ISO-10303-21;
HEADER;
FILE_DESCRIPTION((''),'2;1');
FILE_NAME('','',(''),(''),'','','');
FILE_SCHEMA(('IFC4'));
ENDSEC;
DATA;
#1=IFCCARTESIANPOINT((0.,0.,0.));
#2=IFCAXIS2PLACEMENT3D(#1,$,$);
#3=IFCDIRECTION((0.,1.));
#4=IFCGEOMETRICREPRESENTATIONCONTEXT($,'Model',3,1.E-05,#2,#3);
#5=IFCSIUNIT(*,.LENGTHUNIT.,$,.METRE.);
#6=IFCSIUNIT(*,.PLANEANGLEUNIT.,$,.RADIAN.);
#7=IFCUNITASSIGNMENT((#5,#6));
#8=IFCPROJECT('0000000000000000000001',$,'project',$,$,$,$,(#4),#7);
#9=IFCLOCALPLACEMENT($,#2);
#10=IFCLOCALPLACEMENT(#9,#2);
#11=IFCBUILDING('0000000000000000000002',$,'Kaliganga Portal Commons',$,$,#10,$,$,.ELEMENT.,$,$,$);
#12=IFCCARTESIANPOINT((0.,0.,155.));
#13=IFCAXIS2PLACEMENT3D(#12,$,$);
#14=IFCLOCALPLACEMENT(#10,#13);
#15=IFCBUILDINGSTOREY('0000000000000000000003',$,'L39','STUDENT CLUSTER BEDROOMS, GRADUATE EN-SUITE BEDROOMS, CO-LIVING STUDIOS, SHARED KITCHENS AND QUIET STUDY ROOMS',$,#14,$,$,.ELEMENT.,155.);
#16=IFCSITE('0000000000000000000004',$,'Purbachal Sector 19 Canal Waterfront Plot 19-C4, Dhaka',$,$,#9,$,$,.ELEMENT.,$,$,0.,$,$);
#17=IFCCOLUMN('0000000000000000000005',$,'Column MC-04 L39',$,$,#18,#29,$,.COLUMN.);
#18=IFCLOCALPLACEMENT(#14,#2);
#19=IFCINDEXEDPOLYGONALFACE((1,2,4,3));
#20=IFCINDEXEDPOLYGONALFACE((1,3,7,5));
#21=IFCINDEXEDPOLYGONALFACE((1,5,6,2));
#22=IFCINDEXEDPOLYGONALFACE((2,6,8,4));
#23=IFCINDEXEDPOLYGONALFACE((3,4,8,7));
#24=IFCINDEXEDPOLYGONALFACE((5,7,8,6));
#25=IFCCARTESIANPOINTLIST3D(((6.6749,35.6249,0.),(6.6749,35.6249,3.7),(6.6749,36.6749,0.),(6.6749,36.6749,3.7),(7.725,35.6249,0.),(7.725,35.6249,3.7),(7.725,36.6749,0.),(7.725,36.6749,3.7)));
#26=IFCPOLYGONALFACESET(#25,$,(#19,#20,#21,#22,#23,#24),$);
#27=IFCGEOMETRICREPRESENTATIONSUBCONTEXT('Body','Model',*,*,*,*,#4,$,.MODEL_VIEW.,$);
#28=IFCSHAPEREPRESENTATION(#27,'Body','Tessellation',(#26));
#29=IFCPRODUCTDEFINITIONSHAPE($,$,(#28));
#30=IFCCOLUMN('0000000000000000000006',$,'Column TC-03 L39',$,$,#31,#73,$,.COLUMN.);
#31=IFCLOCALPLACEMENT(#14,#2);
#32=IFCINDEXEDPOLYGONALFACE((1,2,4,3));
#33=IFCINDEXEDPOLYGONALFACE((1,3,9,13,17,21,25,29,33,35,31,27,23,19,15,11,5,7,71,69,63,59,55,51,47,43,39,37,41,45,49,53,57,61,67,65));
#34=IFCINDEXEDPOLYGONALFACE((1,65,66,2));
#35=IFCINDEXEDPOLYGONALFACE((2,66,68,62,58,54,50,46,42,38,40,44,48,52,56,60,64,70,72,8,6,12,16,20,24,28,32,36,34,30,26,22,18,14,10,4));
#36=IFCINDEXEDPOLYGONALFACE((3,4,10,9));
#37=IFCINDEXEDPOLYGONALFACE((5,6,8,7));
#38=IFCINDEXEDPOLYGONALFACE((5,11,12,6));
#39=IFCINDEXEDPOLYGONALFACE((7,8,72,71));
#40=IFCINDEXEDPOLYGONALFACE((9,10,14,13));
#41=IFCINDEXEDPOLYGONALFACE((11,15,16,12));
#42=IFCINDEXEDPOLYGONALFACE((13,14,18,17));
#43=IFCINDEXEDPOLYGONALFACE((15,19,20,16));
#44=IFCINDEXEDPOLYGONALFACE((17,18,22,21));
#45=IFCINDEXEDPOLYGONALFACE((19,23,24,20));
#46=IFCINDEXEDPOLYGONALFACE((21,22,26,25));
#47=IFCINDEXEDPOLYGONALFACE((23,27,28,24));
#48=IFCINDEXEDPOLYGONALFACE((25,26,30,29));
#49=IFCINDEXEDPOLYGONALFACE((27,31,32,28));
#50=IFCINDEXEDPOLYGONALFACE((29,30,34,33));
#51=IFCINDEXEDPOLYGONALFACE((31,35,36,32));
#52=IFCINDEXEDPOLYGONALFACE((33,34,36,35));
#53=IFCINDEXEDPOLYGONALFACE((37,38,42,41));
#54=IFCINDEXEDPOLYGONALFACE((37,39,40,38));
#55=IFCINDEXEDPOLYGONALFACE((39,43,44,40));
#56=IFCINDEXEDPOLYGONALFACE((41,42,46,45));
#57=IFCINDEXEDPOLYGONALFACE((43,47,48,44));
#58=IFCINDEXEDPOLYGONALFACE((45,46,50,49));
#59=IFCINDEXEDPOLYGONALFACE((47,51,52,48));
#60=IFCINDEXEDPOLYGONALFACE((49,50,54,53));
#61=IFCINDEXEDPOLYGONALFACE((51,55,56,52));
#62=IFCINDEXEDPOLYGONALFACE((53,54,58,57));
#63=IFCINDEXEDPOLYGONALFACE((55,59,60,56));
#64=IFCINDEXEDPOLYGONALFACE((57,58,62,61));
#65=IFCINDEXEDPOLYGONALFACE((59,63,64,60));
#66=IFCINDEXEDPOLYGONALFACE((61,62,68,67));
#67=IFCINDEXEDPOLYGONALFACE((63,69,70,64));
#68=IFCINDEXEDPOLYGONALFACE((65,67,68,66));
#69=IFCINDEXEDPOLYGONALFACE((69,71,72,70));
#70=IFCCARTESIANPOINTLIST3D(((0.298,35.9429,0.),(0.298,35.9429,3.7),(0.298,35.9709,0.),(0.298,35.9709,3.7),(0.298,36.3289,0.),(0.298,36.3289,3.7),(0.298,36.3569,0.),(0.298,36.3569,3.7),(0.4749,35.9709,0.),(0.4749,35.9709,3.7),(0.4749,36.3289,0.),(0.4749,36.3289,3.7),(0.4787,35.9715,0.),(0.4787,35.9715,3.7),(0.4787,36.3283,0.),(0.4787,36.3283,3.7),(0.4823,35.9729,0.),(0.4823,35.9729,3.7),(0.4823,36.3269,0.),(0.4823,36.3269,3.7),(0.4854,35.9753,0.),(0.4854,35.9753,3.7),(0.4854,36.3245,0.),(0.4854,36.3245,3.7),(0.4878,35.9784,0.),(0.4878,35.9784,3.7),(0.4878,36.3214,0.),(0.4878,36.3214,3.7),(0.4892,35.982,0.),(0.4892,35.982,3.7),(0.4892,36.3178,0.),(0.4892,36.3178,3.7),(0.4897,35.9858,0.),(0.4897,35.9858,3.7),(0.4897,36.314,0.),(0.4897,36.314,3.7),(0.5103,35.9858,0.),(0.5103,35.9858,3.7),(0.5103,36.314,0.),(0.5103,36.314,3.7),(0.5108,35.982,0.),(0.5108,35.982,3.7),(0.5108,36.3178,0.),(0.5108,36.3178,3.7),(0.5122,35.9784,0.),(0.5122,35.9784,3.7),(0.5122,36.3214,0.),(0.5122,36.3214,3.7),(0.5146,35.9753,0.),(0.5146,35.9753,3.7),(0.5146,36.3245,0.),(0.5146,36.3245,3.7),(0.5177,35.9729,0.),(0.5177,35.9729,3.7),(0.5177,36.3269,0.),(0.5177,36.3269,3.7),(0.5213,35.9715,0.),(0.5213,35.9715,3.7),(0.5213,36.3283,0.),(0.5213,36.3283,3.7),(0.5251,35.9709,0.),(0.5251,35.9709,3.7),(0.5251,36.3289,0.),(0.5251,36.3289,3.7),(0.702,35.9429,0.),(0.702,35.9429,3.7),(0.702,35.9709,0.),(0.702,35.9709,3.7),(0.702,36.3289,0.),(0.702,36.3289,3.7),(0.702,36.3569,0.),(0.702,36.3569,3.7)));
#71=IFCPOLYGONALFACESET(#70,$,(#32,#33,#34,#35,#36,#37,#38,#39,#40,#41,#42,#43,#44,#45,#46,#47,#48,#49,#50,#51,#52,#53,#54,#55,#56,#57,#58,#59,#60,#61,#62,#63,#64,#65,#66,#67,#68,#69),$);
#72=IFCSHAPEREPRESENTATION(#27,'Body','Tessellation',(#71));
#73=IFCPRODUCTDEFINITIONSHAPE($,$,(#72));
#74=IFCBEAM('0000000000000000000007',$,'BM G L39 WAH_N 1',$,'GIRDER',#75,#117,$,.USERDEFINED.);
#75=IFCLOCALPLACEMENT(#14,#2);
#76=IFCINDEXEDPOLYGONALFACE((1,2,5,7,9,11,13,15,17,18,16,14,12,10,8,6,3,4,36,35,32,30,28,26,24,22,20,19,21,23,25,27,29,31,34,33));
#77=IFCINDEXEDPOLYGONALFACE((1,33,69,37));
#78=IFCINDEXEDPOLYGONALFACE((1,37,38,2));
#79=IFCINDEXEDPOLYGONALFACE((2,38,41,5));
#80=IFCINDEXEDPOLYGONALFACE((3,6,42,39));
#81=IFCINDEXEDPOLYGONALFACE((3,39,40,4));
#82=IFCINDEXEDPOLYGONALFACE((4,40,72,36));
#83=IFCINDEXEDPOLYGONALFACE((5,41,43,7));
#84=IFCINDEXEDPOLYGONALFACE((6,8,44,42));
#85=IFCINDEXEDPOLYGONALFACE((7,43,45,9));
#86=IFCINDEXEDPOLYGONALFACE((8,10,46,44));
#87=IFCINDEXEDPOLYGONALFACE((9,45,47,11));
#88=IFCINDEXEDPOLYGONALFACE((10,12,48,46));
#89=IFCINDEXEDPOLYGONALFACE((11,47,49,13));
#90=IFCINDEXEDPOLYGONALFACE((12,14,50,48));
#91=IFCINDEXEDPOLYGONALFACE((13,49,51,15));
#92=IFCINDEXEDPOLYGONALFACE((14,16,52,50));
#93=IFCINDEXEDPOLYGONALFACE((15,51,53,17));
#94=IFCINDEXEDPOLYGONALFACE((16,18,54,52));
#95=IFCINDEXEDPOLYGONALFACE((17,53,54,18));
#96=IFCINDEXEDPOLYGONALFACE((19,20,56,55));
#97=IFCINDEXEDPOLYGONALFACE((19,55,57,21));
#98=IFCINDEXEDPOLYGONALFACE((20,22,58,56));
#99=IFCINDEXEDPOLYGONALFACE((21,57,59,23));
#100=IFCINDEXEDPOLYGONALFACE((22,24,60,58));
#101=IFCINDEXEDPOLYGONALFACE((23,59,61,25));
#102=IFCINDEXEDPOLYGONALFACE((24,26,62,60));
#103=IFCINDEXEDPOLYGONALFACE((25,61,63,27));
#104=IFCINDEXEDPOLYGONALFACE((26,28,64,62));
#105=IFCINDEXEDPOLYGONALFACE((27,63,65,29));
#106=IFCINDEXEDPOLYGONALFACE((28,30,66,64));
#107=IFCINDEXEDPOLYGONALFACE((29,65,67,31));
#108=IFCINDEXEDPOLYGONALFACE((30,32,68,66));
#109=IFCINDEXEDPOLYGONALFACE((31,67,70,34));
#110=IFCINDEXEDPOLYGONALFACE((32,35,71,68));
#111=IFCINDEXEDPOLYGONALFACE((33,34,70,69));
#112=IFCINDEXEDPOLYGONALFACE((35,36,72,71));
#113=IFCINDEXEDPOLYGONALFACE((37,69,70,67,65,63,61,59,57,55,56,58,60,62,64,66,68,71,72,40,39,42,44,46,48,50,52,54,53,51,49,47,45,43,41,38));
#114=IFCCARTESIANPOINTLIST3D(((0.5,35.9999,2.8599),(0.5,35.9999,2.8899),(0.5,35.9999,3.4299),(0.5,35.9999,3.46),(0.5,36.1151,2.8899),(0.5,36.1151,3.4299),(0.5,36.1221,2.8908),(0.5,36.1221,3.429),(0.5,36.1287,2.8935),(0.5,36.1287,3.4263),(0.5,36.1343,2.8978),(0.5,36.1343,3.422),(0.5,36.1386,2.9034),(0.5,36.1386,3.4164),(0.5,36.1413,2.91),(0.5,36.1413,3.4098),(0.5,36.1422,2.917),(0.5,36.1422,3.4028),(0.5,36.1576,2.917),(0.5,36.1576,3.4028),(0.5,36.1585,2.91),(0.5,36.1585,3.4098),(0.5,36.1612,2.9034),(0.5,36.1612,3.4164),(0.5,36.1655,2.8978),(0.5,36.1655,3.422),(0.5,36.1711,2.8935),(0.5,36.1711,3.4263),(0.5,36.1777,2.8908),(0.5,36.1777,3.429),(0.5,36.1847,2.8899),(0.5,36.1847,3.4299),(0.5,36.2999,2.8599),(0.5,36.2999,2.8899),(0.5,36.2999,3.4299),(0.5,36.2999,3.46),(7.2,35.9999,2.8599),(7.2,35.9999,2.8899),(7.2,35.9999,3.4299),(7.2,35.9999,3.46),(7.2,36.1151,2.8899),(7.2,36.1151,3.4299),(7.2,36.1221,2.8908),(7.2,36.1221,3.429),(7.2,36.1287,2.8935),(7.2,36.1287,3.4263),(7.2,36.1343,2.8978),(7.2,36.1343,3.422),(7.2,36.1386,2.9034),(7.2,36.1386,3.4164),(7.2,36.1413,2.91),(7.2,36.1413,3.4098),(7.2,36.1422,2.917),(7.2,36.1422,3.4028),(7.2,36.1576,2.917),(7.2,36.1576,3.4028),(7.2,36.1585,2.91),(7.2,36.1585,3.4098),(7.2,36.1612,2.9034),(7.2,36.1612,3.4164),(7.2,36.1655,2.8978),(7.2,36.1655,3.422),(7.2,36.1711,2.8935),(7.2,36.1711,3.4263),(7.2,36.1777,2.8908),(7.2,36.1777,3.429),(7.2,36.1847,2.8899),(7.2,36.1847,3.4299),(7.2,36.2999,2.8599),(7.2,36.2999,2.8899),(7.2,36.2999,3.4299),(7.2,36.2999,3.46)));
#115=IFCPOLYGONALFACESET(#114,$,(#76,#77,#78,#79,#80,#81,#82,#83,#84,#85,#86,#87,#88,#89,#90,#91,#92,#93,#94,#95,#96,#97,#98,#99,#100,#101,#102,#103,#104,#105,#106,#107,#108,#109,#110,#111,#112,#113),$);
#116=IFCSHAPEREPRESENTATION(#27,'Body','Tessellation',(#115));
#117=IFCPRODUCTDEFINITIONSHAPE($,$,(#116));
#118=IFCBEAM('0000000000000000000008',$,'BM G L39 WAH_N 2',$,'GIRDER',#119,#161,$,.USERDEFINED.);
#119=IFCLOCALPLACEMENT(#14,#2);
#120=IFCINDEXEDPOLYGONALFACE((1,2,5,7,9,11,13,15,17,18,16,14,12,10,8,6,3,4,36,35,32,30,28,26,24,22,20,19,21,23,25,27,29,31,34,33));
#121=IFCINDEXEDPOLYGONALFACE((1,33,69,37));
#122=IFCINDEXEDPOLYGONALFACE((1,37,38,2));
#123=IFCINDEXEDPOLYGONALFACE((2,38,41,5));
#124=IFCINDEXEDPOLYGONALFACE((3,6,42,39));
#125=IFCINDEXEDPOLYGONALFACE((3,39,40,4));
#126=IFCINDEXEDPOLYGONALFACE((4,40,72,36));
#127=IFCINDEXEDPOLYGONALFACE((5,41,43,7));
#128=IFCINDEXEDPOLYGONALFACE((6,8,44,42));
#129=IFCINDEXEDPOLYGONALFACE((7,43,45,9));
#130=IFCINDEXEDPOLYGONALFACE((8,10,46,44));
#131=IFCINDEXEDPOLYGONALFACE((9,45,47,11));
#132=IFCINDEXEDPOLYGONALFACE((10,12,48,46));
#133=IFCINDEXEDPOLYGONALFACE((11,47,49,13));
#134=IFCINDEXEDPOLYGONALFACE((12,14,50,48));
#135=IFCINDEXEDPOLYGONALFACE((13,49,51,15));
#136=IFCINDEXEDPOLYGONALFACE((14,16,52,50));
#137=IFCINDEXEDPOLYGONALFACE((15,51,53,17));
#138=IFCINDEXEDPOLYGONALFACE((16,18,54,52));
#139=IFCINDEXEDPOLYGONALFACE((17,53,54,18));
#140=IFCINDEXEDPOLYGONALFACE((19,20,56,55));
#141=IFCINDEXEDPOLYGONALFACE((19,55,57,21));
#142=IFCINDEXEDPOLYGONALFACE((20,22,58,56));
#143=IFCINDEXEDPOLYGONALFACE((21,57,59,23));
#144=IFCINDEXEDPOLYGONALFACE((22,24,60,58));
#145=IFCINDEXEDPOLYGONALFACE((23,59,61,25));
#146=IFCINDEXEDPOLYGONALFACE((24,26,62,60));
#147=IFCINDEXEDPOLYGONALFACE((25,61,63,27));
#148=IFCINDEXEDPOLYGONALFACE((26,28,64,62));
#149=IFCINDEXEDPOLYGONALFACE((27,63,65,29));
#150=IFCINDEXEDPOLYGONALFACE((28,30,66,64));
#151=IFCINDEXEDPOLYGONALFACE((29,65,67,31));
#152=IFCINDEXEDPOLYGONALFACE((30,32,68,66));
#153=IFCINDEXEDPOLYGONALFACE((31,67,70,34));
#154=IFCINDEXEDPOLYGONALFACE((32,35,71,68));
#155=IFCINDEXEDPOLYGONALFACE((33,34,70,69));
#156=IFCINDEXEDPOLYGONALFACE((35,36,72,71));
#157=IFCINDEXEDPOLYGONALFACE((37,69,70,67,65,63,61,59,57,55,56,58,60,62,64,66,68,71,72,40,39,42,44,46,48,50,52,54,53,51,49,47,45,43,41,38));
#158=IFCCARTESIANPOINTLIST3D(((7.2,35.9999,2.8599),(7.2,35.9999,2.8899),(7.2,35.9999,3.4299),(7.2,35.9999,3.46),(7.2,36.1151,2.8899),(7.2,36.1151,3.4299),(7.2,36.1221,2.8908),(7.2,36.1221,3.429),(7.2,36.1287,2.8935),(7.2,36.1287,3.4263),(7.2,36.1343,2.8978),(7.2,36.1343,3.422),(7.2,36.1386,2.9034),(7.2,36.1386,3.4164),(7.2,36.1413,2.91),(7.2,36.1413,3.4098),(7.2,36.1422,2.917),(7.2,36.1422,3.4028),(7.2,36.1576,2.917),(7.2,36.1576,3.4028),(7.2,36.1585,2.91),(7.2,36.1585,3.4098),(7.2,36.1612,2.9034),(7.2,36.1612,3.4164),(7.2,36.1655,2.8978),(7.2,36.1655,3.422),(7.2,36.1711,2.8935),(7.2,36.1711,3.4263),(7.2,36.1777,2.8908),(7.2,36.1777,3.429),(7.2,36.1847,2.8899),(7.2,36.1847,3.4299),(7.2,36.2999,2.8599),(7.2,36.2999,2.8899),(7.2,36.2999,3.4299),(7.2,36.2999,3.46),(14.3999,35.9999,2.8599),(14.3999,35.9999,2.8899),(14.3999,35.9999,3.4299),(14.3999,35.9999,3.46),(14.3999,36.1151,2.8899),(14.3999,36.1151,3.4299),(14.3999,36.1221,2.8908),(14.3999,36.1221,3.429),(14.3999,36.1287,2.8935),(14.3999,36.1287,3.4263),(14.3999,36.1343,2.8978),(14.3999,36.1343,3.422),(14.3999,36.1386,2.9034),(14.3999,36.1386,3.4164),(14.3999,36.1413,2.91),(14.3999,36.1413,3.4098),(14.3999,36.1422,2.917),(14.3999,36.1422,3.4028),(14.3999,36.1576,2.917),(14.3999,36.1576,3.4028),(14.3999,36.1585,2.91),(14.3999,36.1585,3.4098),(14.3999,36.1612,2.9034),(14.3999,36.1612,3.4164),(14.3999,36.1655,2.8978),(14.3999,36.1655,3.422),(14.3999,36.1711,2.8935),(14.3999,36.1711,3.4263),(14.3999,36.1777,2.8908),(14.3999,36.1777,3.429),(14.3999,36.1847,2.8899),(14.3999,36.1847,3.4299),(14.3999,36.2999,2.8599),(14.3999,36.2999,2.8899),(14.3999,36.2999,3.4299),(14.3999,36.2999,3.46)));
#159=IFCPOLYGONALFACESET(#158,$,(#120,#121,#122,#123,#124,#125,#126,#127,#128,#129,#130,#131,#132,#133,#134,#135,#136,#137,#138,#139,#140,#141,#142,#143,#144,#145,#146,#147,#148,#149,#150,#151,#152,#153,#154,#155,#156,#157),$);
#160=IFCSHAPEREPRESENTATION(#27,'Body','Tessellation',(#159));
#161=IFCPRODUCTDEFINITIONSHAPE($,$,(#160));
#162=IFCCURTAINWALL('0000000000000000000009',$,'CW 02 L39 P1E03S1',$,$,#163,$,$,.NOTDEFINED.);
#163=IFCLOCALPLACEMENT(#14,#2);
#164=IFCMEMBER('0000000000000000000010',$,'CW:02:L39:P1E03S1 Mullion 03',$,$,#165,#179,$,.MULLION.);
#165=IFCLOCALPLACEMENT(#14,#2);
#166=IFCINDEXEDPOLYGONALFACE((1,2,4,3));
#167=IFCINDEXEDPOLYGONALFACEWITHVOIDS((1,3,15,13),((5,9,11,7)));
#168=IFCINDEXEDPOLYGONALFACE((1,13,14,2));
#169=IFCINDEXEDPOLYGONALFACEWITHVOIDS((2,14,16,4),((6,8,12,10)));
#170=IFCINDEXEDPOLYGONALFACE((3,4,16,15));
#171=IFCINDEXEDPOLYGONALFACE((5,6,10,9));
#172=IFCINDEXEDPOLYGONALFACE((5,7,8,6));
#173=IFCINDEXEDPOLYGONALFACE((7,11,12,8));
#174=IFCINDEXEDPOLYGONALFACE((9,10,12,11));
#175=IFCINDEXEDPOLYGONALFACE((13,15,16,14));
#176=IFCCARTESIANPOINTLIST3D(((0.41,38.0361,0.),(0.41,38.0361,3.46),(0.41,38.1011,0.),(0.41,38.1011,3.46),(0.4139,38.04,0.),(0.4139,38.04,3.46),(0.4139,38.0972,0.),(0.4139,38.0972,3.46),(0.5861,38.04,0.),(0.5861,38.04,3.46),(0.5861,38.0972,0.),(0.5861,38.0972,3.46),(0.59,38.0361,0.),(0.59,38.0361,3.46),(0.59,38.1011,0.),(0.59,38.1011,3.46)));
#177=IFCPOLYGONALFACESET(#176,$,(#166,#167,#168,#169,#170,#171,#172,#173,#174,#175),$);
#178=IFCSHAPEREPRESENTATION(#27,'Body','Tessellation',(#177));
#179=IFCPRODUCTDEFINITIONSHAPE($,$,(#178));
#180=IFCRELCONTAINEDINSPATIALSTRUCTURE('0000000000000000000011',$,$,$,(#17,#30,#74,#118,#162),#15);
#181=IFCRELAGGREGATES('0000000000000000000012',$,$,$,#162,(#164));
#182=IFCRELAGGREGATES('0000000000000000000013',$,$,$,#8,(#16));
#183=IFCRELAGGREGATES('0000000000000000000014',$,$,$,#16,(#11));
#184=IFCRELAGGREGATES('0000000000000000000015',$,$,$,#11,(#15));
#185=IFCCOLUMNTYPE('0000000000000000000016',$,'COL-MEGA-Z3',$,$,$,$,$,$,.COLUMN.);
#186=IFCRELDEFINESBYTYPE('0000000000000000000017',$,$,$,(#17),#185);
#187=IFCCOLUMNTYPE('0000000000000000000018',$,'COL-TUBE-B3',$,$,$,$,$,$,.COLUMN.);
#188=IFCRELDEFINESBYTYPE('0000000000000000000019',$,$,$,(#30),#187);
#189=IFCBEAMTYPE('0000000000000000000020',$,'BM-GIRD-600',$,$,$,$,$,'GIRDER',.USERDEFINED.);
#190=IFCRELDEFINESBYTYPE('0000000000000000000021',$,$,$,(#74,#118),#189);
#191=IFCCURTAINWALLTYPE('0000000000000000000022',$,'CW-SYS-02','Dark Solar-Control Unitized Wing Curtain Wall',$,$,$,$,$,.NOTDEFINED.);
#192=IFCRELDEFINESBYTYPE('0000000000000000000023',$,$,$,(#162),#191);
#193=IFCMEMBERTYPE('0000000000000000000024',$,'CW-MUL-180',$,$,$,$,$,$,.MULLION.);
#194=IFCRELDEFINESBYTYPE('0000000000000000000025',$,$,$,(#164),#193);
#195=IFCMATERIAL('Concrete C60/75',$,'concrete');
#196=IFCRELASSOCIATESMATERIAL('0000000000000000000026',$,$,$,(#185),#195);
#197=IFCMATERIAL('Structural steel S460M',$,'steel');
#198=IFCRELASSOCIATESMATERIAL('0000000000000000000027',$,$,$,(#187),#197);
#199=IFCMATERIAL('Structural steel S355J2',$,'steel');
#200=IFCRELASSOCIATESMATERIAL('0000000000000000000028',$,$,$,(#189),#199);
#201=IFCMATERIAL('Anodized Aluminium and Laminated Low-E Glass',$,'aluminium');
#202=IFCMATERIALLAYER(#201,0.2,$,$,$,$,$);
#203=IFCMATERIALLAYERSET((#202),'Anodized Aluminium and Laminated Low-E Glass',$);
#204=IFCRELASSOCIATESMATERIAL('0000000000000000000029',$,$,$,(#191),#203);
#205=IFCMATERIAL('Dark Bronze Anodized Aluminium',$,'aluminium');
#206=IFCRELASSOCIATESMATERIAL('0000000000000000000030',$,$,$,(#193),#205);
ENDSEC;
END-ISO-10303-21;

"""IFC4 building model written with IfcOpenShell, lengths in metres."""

from ifc_helpers import new_model, si_unit, direction, frame, origin, origin_2d, place, context, subcontext, project, spatial, rectangle, hollow_rectangle, i_section, extrude, source, transform, mapped, material, layer, layer_set, material_profile, profile_set, type_object, element, aggregate, save


model = new_model("IFC4")

# Units and contexts
model_context = context("Model", 3, precision=1e-05, world=origin(), true_north=direction((0.0, 1.0)))
body_context = subcontext(model_context, "Body", "Model", "MODEL_VIEW")
ifc_project = project(units=[si_unit("LENGTHUNIT", "METRE"), si_unit("PLANEANGLEUNIT", "RADIAN")], contexts=[model_context])

# Site, building, storey
site_placement = place(None, origin())
site = spatial("IfcSite", under=ifc_project, at=site_placement, Name="Purbachal Sector 19 Canal Waterfront Plot 19-C4, Dhaka", CompositionType="ELEMENT", RefElevation=0.0)
building_placement = place(site_placement, origin())
building = spatial("IfcBuilding", under=site, at=building_placement, Name="Kaliganga Portal Commons", CompositionType="ELEMENT")
storey_placement = place(building_placement, frame((0.0, 0.0, 155.0)))
storey = spatial("IfcBuildingStorey", under=building, at=storey_placement, Name="L39", Description="STUDENT CLUSTER BEDROOMS, GRADUATE EN-SUITE BEDROOMS, CO-LIVING STUDIOS, SHARED KITCHENS AND QUIET STUDY ROOMS", CompositionType="ELEMENT", Elevation=155.0)

# Columns
ifc_material_1 = material(Name="Concrete C60/75", Category="concrete")
ifc_material_profile_1 = material_profile(ifc_material_1, rectangle(XDim=1.05, YDim=1.05, at=origin_2d()), Name="RC 1050x1050")
ifc_profile_set_1 = profile_set([ifc_material_profile_1], Name="Concrete C60/75")
column_type_1 = type_object("IfcColumnType", Name="COL-MEGA-Z3", PredefinedType="COLUMN", material=ifc_profile_set_1)
shared_shape_1 = source(origin(), body_context, "Body", "SweptSolid", [
    extrude(rectangle(XDim=1.05, YDim=1.05, at=origin_2d()), origin(), (0.0, 0.0, 1.0), 3.7),
])
column_1_placement = place(storey_placement, frame((7.2, 36.1499, 0.0), z_axis=(0.0, 0.0, 1.0), x_axis=(1.0, 0.0, 0.0)))
element("IfcColumn", 1, at=column_1_placement, inside=storey, type_object=column_type_1, Name="Column MC-04 L39", PredefinedType="COLUMN", context=body_context, shape_type="MappedRepresentation", body=[
    mapped(shared_shape_1, transform((0.0, 0.0, 0.0), x_axis=(1.0, 0.0, 0.0), y_axis=(0.0, 1.0, 0.0), z_axis=(0.0, 0.0, 1.0), scale=1.0)),
])
ifc_material_2 = material(Name="Structural steel S460M", Category="steel")
ifc_material_profile_2 = material_profile(ifc_material_2, i_section(OverallWidth=0.4041, OverallDepth=0.4141, WebThickness=0.0205, FlangeThickness=0.0281, FilletRadius=0.0149, at=origin_2d()), Name="HD 400x347")
ifc_profile_set_2 = profile_set([ifc_material_profile_2], Name="Structural steel S460M wide-flange")
column_type_2 = type_object("IfcColumnType", Name="COL-TUBE-B3", PredefinedType="COLUMN", material=ifc_profile_set_2)
shared_shape_2 = source(origin(), body_context, "Body", "SweptSolid", [
    extrude(i_section(OverallWidth=0.4041, OverallDepth=0.4141, WebThickness=0.0205, FlangeThickness=0.0281, FilletRadius=0.0149, at=origin_2d()), origin(), (0.0, 0.0, 1.0), 3.7),
])
column_2_placement = place(storey_placement, frame((0.5, 36.1499, 0.0), z_axis=(0.0, 0.0, 1.0), x_axis=(1.0, 0.0, 0.0)))
element("IfcColumn", 2, at=column_2_placement, inside=storey, type_object=column_type_2, Name="Column TC-03 L39", PredefinedType="COLUMN", context=body_context, shape_type="MappedRepresentation", body=[
    mapped(shared_shape_2, transform((0.0, 0.0, 0.0), x_axis=(1.0, 0.0, 0.0), y_axis=(0.0, 1.0, 0.0), z_axis=(0.0, 0.0, 1.0), scale=1.0)),
])

# Beams
ifc_material_3 = material(Name="Structural steel S355J2", Category="steel")
ifc_material_profile_3 = material_profile(ifc_material_3, i_section(OverallWidth=0.3, OverallDepth=0.6001, WebThickness=0.0154, FlangeThickness=0.03, FilletRadius=0.0271, at=origin_2d()), Name="HE 600 B")
ifc_profile_set_3 = profile_set([ifc_material_profile_3], Name="Structural steel S355J2 wide-flange")
beam_type = type_object("IfcBeamType", Name="BM-GIRD-600", ElementType="GIRDER", PredefinedType="USERDEFINED", material=ifc_profile_set_3)
shared_shape_3 = source(origin(), body_context, "Body", "SweptSolid", [
    extrude(i_section(OverallWidth=0.3, OverallDepth=0.6001, WebThickness=0.0154, FlangeThickness=0.03, FilletRadius=0.0271, at=origin_2d()), origin(), (0.0, 0.0, 1.0), 6.7),
])
beam_1_placement = place(storey_placement, frame((0.5, 36.1499, 3.1599), z_axis=(1.0, 0.0, 0.0), x_axis=(0.0, 1.0, 0.0)))
element("IfcBeam", 3, at=beam_1_placement, inside=storey, type_object=beam_type, Name="BM G L39 WAH_N 1", ObjectType="GIRDER", PredefinedType="USERDEFINED", context=body_context, shape_type="MappedRepresentation", body=[
    mapped(shared_shape_3, transform((0.0, 0.0, 0.0), x_axis=(1.0, 0.0, 0.0), y_axis=(0.0, 1.0, 0.0), z_axis=(0.0, 0.0, 1.0), scale=1.0)),
])
shared_shape_4 = source(origin(), body_context, "Body", "SweptSolid", [
    extrude(i_section(OverallWidth=0.3, OverallDepth=0.6001, WebThickness=0.0154, FlangeThickness=0.03, FilletRadius=0.0271, at=origin_2d()), origin(), (0.0, 0.0, 1.0), 7.2),
])
beam_2_placement = place(storey_placement, frame((7.2, 36.1499, 3.1599), z_axis=(1.0, 0.0, 0.0), x_axis=(0.0, 1.0, 0.0)))
element("IfcBeam", 4, at=beam_2_placement, inside=storey, type_object=beam_type, Name="BM G L39 WAH_N 2", ObjectType="GIRDER", PredefinedType="USERDEFINED", context=body_context, shape_type="MappedRepresentation", body=[
    mapped(shared_shape_4, transform((0.0, 0.0, 0.0), x_axis=(1.0, 0.0, 0.0), y_axis=(0.0, 1.0, 0.0), z_axis=(0.0, 0.0, 1.0), scale=1.0)),
])

# Curtain wall, member
ifc_material_4 = material(Name="Anodized Aluminium and Laminated Low-E Glass", Category="aluminium")
ifc_layer_1 = layer(ifc_material_4, 0.2)
ifc_layer_set_1 = layer_set([ifc_layer_1], Name="Anodized Aluminium and Laminated Low-E Glass")
curtain_wall_type = type_object("IfcCurtainWallType", Name="CW-SYS-02", Description="Dark Solar-Control Unitized Wing Curtain Wall", PredefinedType="NOTDEFINED", material=ifc_layer_set_1)
curtain_wall_1_placement = place(storey_placement, origin())
curtain_wall_1 = element("IfcCurtainWall", 5, at=curtain_wall_1_placement, inside=storey, type_object=curtain_wall_type, Name="CW 02 L39 P1E03S1", PredefinedType="NOTDEFINED")
ifc_material_5 = material(Name="Dark Bronze Anodized Aluminium", Category="aluminium")
ifc_material_profile_4 = material_profile(ifc_material_5, hollow_rectangle(XDim=0.0649, YDim=0.1799, WallThickness=0.0039, at=origin_2d()), Name="ALU MULL 65x180x4")
ifc_profile_set_4 = profile_set([ifc_material_profile_4], Name="Dark Bronze Anodized Aluminium")
member_type_1 = type_object("IfcMemberType", Name="CW-MUL-180", PredefinedType="MULLION", material=ifc_profile_set_4)
shared_shape_5 = source(origin(), body_context, "Body", "SweptSolid", [
    extrude(hollow_rectangle(XDim=0.0649, YDim=0.1799, WallThickness=0.0039, at=origin_2d()), origin(), (0.0, 0.0, 1.0), 3.46),
])
member_1_placement = place(storey_placement, frame((0.5, 38.0686, 0.0), z_axis=(0.0, 0.0, 1.0), x_axis=(0.0, -1.0, 0.0)))
member_1 = element("IfcMember", 6, at=member_1_placement, type_object=member_type_1, Name="CW:02:L39:P1E03S1 Mullion 03", PredefinedType="MULLION", context=body_context, shape_type="MappedRepresentation", body=[
    mapped(shared_shape_5, transform((0.0, 0.0, 0.0), x_axis=(1.0, 0.0, 0.0), y_axis=(0.0, 1.0, 0.0), z_axis=(0.0, 0.0, 1.0), scale=1.0)),
])

aggregate(curtain_wall_1, [member_1])

save(model, "model.ifc")
